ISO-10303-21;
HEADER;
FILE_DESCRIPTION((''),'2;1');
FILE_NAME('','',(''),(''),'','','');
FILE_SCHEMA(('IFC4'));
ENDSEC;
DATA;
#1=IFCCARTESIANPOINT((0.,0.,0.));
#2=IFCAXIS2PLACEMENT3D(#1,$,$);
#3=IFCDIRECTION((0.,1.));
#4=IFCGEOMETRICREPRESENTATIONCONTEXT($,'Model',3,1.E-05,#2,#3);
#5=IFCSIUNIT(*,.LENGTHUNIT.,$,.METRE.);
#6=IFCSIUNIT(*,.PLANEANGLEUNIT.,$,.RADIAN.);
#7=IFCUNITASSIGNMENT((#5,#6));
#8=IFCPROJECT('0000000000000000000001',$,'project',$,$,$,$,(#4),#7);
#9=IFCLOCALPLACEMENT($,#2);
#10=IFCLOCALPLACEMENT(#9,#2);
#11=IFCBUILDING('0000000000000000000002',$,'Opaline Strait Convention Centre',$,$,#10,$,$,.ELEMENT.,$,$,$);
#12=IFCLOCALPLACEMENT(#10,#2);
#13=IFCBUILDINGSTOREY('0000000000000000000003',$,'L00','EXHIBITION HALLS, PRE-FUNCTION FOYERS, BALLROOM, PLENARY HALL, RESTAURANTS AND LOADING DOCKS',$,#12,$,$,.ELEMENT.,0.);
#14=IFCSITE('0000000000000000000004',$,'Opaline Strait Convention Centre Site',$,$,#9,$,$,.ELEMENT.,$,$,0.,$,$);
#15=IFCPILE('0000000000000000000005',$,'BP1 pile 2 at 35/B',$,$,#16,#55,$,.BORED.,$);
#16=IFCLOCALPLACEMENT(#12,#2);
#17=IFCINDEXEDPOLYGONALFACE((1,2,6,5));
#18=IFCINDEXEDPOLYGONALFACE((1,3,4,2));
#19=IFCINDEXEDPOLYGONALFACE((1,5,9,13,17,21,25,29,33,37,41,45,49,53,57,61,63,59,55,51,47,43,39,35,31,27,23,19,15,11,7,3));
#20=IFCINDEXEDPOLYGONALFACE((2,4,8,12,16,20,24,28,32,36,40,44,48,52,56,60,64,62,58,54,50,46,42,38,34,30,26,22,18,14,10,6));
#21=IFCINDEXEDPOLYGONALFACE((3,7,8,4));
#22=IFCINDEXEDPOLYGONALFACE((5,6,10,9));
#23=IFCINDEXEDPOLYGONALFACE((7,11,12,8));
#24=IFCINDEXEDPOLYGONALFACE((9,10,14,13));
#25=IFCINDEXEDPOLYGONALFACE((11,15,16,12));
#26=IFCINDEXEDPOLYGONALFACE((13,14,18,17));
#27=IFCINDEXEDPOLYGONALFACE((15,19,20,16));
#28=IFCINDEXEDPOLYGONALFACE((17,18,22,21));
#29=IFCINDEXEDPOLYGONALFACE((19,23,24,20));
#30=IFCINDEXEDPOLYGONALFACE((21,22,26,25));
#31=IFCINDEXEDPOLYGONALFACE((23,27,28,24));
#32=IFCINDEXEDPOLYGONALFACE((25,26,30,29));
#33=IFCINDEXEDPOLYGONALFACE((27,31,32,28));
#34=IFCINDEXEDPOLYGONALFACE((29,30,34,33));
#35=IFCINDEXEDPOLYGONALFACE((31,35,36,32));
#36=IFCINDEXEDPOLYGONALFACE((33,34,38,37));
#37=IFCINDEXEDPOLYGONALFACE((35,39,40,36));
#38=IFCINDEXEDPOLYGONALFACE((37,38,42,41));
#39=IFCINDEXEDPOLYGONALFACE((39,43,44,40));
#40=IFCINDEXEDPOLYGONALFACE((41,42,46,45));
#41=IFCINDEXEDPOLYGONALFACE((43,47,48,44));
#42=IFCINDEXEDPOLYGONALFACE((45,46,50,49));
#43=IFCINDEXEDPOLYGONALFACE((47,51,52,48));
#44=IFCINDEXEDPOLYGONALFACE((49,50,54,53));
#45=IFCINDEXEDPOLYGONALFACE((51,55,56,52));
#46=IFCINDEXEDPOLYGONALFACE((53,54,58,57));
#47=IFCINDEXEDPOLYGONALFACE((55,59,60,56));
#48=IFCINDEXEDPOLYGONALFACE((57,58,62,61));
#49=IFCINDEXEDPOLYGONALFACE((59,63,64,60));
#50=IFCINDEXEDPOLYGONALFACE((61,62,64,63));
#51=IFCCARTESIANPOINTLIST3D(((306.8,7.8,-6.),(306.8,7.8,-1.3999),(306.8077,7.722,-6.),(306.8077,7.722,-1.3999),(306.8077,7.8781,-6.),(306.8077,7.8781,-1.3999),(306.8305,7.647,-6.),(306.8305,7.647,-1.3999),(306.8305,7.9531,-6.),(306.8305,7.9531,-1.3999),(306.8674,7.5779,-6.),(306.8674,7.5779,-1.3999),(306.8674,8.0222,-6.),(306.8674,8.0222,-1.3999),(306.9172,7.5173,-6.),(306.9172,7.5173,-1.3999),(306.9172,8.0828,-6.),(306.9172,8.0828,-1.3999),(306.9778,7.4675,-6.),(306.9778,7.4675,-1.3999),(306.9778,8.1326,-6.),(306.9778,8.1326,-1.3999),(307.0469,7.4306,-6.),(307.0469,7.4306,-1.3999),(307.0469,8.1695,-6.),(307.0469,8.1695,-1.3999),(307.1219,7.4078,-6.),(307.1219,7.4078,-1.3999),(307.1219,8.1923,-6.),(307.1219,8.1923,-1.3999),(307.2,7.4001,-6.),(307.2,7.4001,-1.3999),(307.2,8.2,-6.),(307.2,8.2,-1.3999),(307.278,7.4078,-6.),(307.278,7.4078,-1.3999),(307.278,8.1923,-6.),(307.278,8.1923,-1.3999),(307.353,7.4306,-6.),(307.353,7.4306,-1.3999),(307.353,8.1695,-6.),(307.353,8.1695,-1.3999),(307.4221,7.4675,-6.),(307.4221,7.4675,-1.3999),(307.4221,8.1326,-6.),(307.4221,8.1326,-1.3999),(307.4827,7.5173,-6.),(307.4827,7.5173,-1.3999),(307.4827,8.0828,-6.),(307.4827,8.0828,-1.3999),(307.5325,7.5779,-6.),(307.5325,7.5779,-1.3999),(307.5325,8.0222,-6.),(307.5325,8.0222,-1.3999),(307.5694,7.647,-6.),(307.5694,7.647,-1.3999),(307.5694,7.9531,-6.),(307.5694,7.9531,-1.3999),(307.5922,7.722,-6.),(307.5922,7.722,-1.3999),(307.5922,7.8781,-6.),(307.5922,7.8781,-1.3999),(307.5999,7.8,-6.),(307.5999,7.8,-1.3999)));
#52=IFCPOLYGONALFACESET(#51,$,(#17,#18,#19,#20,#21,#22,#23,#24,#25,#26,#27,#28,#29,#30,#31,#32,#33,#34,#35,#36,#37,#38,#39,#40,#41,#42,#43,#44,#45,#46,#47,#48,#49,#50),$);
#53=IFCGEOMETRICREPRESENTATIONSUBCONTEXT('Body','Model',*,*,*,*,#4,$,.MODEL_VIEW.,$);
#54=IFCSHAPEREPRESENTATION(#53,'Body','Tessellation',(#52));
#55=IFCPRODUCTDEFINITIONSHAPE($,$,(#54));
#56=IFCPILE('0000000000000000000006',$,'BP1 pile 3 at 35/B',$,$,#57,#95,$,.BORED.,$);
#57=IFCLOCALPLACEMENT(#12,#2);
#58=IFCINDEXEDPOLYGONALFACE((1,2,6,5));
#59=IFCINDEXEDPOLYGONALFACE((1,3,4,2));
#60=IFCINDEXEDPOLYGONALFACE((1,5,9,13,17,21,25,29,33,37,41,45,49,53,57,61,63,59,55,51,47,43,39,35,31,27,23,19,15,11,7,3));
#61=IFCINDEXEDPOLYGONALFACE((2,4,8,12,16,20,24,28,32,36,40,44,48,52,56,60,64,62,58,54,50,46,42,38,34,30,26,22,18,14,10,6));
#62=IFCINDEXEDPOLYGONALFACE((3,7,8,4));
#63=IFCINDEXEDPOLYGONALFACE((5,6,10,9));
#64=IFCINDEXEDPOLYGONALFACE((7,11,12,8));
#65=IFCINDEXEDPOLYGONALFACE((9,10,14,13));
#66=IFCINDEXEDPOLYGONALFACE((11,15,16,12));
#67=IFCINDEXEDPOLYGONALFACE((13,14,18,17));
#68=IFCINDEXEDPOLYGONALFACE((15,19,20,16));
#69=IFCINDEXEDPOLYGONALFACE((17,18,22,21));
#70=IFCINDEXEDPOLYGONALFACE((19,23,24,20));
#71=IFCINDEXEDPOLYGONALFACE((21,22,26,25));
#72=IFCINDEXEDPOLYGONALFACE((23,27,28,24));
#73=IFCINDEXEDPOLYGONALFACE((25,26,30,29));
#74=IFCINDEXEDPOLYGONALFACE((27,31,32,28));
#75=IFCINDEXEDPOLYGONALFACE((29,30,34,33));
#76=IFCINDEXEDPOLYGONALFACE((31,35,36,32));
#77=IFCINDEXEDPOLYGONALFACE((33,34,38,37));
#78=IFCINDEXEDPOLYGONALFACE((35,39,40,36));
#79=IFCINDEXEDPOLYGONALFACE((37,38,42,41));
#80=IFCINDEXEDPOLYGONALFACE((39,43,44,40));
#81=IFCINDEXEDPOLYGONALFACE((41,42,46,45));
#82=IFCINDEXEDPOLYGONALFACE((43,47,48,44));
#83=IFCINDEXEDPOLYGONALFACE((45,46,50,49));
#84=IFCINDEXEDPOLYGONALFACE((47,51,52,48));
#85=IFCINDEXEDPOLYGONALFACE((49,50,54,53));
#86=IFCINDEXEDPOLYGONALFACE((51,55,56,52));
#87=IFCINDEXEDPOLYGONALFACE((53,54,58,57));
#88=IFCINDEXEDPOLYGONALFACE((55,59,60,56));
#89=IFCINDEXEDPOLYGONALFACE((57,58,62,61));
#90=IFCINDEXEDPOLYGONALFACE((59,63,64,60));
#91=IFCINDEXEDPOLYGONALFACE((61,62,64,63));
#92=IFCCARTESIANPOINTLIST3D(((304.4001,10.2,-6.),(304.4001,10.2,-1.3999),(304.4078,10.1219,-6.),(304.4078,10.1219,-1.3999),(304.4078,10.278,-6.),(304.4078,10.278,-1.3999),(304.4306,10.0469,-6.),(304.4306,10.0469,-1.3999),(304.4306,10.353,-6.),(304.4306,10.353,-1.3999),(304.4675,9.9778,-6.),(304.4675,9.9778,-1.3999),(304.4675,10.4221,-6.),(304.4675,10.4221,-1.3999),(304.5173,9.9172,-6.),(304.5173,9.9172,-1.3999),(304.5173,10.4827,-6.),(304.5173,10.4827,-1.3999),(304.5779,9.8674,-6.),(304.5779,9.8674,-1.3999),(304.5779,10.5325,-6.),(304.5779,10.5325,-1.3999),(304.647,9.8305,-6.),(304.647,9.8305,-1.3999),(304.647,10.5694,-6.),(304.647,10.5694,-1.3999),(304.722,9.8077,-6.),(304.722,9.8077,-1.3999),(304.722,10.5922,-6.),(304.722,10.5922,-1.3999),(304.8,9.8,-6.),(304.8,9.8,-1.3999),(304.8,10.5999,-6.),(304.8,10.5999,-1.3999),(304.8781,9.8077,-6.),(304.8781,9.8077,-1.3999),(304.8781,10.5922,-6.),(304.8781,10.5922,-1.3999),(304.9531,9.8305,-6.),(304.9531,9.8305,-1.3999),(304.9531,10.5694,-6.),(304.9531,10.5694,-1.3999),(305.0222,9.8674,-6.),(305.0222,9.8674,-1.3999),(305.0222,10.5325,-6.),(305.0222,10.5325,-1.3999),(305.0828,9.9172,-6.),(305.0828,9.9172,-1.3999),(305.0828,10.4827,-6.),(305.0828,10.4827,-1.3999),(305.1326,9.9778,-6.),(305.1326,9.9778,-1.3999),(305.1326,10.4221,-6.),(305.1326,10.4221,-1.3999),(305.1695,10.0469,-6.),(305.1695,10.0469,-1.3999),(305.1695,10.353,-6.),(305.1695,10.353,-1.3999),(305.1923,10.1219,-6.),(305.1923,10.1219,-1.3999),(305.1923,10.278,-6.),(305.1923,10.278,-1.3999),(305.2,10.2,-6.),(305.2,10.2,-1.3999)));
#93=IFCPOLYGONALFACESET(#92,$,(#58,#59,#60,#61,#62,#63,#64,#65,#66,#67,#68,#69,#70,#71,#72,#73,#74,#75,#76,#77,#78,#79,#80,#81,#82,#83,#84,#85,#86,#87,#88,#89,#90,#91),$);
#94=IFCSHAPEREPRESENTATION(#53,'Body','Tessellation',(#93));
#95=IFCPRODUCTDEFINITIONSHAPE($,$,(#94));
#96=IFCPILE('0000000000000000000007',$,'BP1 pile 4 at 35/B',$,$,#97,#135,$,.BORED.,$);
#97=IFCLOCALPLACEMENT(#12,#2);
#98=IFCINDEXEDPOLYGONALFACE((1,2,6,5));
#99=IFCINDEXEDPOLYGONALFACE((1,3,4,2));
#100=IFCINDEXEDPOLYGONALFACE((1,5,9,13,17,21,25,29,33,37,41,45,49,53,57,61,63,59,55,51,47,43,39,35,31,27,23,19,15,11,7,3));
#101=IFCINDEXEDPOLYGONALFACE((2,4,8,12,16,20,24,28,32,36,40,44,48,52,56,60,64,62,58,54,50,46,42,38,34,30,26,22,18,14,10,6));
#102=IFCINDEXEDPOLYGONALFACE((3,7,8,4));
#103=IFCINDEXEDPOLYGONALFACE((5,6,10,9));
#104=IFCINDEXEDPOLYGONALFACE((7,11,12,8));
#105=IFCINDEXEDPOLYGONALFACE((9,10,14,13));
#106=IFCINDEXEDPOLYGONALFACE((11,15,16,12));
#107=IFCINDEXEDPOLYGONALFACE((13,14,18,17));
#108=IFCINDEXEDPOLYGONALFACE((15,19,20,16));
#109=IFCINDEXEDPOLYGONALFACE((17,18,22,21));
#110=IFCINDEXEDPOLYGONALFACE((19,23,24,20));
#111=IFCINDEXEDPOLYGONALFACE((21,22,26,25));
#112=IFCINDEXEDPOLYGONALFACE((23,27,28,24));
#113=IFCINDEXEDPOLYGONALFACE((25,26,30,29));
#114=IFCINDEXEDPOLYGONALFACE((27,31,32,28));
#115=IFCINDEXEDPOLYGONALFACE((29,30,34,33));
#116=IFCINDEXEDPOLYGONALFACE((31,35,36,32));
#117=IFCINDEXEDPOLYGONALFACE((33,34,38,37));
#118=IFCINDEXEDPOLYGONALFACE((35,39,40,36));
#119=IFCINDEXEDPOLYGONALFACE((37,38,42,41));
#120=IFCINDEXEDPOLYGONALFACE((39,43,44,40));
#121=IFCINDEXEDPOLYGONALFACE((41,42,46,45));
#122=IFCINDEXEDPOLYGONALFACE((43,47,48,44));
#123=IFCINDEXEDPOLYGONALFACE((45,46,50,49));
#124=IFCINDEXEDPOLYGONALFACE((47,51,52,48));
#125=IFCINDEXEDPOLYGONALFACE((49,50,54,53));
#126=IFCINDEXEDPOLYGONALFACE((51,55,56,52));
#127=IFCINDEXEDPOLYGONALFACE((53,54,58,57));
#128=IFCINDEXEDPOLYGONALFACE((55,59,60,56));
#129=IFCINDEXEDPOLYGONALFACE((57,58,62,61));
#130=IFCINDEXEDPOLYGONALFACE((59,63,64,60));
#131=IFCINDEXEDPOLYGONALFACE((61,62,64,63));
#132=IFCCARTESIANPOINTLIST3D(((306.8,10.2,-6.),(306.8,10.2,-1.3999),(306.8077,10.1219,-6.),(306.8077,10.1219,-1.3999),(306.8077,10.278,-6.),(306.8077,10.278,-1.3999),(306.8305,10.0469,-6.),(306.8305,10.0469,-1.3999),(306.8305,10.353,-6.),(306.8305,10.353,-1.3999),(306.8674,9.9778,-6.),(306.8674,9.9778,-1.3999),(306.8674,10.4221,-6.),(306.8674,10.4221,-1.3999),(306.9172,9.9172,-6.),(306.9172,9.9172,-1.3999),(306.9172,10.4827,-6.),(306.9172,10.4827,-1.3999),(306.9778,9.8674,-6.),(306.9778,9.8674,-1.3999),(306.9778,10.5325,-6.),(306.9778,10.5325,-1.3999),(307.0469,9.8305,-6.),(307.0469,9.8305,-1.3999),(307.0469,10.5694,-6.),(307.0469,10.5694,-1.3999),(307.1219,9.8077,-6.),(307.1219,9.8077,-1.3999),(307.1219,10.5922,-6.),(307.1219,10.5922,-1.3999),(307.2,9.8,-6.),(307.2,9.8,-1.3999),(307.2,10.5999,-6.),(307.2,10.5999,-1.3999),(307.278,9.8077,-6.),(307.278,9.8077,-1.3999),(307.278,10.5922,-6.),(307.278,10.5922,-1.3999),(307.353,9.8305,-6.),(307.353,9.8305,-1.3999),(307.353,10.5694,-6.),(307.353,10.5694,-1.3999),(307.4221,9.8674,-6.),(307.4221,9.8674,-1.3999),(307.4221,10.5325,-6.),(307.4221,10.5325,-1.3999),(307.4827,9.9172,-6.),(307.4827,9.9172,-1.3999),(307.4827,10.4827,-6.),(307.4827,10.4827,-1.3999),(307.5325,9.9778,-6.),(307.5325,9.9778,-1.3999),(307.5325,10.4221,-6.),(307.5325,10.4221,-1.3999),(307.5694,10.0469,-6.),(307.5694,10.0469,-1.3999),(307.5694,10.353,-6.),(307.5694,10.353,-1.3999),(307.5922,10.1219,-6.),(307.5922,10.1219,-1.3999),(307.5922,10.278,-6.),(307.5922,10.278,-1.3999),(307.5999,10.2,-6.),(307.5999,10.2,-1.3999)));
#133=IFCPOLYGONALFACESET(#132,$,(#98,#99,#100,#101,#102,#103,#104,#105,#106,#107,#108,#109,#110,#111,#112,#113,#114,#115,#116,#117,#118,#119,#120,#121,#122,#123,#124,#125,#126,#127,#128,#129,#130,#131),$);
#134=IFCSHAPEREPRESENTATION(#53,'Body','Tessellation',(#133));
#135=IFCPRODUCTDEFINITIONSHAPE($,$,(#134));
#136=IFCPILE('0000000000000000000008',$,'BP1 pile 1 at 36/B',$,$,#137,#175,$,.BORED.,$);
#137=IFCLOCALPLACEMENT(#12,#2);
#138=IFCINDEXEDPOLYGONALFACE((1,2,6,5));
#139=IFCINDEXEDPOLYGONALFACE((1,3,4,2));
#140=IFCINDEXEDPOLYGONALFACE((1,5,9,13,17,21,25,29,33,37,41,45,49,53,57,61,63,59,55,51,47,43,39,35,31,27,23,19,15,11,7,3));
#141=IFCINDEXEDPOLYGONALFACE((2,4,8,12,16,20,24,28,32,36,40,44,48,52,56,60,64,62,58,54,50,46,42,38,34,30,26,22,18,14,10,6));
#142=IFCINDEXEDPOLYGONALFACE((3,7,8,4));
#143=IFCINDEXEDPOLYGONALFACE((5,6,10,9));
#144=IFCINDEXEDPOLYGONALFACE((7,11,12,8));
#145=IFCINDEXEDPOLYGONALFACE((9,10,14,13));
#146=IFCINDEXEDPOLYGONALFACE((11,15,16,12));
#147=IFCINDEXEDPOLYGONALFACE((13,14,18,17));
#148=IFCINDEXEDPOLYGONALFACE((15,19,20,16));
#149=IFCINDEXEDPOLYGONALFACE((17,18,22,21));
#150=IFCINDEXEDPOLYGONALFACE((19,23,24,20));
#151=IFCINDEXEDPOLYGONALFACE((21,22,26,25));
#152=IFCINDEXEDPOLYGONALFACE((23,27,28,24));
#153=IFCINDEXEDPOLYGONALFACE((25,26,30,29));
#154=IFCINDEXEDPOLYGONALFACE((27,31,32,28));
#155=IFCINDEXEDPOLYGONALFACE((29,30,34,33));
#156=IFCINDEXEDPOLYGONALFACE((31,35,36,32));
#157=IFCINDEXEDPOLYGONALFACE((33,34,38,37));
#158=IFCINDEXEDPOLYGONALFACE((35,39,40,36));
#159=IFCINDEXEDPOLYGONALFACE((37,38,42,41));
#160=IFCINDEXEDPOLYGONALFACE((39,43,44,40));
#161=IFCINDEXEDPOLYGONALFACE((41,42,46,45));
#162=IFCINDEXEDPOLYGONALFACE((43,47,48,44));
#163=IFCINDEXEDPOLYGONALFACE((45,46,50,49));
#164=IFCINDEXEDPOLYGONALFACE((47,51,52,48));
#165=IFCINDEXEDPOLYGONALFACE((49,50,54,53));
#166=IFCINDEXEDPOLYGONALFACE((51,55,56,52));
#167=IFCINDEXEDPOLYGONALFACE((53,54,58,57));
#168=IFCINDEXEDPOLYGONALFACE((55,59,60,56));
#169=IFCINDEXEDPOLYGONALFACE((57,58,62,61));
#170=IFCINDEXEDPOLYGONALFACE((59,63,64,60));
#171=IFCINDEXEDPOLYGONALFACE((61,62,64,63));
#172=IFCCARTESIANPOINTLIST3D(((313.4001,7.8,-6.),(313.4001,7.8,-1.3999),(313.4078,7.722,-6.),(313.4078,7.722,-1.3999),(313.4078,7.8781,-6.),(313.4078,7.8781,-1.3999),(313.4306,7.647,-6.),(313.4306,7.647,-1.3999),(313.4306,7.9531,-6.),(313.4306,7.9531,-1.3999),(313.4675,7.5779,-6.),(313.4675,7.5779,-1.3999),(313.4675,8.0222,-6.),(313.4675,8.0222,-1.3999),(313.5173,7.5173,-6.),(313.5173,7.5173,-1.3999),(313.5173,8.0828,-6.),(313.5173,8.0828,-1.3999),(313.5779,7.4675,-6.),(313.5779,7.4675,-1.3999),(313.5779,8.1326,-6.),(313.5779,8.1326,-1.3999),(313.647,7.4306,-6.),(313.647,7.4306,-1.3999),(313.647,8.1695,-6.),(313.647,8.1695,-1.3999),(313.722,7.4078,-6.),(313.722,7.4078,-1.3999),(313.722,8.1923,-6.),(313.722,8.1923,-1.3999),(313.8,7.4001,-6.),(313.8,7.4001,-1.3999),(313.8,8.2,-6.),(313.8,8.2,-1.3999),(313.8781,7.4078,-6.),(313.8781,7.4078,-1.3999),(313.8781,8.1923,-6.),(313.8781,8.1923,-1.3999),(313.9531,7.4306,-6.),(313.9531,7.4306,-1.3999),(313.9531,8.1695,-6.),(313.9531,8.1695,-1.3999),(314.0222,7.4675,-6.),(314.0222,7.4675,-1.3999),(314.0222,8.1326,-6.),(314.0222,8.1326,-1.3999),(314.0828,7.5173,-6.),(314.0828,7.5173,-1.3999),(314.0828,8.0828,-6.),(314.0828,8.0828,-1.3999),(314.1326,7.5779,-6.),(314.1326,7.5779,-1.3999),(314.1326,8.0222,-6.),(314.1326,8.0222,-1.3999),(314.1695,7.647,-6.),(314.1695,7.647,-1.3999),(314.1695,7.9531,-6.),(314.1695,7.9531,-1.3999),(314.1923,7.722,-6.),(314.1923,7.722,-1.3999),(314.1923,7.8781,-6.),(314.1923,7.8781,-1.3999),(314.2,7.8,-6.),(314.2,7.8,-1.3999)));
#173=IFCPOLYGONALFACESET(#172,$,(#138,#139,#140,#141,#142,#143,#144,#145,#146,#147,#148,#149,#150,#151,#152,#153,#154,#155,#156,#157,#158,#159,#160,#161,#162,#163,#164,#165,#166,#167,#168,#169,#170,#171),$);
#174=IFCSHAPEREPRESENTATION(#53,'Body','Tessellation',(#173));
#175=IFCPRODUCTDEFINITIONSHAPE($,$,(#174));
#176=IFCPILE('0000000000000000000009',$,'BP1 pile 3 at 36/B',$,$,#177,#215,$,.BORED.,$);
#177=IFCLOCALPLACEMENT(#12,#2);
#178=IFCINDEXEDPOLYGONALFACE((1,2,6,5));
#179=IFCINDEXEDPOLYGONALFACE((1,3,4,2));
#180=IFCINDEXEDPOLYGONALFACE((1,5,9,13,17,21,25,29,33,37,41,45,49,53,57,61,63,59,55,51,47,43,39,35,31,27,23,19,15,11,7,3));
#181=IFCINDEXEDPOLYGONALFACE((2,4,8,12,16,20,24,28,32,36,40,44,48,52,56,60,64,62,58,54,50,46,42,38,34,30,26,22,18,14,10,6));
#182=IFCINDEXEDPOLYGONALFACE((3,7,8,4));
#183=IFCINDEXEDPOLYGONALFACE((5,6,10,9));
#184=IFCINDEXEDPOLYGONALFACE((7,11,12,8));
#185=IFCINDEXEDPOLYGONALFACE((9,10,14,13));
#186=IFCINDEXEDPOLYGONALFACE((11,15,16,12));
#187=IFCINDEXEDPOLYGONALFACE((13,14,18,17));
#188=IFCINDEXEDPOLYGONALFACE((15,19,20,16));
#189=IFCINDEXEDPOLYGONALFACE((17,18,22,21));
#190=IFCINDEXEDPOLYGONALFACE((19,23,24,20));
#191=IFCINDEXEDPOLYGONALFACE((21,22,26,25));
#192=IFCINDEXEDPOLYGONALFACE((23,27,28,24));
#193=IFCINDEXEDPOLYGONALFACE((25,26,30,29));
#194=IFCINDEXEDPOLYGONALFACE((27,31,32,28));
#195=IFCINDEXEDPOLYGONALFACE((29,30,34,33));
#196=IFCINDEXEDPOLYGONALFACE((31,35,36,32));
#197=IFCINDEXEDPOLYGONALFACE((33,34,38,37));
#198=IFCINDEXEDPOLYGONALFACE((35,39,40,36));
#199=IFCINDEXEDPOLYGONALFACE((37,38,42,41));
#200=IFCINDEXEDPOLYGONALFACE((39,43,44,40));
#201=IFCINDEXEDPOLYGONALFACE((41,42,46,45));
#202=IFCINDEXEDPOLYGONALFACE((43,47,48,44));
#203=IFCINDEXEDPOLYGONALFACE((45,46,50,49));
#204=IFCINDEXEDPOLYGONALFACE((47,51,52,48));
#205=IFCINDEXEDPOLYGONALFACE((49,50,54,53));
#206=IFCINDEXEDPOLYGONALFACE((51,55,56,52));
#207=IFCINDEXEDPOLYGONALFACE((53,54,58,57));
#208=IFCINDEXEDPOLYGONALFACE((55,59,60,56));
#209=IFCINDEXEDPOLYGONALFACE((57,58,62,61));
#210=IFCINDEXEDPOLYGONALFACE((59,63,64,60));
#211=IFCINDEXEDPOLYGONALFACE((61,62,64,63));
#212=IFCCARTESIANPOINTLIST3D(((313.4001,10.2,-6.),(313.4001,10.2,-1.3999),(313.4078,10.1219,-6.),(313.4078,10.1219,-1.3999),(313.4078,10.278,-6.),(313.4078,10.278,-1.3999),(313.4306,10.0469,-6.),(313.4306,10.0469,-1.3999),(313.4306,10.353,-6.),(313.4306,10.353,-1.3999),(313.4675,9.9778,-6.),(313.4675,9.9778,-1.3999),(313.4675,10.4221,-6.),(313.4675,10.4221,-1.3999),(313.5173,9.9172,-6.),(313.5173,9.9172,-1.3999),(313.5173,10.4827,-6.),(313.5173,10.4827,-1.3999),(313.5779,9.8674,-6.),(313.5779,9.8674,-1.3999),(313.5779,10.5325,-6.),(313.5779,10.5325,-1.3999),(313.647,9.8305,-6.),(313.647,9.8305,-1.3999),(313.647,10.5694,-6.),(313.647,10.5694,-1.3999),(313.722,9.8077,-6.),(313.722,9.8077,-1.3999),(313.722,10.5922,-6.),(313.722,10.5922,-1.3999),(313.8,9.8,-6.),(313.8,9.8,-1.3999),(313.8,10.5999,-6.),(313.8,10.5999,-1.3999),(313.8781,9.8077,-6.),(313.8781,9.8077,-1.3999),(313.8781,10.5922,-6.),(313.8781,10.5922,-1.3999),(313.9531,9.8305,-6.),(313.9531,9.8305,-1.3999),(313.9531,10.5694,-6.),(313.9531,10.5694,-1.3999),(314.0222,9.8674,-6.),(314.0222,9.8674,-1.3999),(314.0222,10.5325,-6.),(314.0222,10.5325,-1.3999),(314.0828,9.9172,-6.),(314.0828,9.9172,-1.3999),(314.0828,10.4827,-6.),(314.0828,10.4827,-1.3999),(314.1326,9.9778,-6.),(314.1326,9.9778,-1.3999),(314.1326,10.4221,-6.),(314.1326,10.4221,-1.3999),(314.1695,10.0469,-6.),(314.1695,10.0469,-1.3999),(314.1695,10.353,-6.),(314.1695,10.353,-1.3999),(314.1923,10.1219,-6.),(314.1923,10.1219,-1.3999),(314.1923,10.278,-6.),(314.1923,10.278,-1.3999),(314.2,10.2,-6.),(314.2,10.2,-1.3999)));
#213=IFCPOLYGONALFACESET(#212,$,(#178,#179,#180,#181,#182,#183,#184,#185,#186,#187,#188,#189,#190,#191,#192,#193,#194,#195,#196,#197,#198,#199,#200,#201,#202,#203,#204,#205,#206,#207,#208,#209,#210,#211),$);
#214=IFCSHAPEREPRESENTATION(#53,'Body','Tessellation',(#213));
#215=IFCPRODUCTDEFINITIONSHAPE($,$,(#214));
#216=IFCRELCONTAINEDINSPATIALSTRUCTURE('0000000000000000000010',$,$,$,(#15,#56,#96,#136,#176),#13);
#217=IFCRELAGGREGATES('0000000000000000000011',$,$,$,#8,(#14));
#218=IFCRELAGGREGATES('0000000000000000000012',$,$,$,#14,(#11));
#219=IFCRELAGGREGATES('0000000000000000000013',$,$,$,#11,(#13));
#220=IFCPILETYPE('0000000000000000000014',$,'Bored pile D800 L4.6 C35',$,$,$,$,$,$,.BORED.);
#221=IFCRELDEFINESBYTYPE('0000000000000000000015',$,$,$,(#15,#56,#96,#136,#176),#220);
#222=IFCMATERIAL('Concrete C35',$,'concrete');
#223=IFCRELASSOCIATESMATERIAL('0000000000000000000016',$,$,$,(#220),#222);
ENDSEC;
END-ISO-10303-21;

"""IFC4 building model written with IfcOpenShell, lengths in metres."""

from ifc_helpers import new_model, si_unit, direction, frame, origin, origin_2d, place, context, subcontext, project, spatial, circle, extrude, material, material_profile, profile_set, type_object, element, save


model = new_model("IFC4")

# Units and contexts
model_context = context("Model", 3, precision=1e-05, world=origin(), true_north=direction((0.0, 1.0)))
body_context = subcontext(model_context, "Body", "Model", "MODEL_VIEW")
ifc_project = project(units=[si_unit("LENGTHUNIT", "METRE"), si_unit("PLANEANGLEUNIT", "RADIAN")], contexts=[model_context])

# Site, building, storey
site_placement = place(None, origin())
site = spatial("IfcSite", under=ifc_project, at=site_placement, Name="Opaline Strait Convention Centre Site", CompositionType="ELEMENT", RefElevation=0.0)
building_placement = place(site_placement, origin())
building = spatial("IfcBuilding", under=site, at=building_placement, Name="Opaline Strait Convention Centre", CompositionType="ELEMENT")
storey_placement = place(building_placement, origin())
storey = spatial("IfcBuildingStorey", under=building, at=storey_placement, Name="L00", Description="EXHIBITION HALLS, PRE-FUNCTION FOYERS, BALLROOM, PLENARY HALL, RESTAURANTS AND LOADING DOCKS", CompositionType="ELEMENT", Elevation=0.0)

# Piles
ifc_material_1 = material(Name="Concrete C35", Category="concrete")
ifc_material_profile_1 = material_profile(ifc_material_1, circle(Radius=0.3999, at=origin_2d()), Name="D800")
ifc_profile_set_1 = profile_set([ifc_material_profile_1], Name="Concrete C35")
pile_type = type_object("IfcPileType", Name="Bored pile D800 L4.6 C35", PredefinedType="BORED", material=ifc_profile_set_1)
for number, where, z_axis, x_axis, name in (
    (1, (307.2, 7.8, -1.3999), (0.0, 0.0, -1.0), (1.0, 0.0, 0.0), "BP1 pile 2 at 35/B"),
    (2, (304.8, 10.2, -1.3999), (0.0, 0.0, -1.0), (1.0, 0.0, 0.0), "BP1 pile 3 at 35/B"),
    (3, (307.2, 10.2, -1.3999), (0.0, 0.0, -1.0), (1.0, 0.0, 0.0), "BP1 pile 4 at 35/B"),
    (4, (313.8, 7.8, -1.3999), (0.0, 0.0, -1.0), (1.0, 0.0, 0.0), "BP1 pile 1 at 36/B"),
    (5, (313.8, 10.2, -1.3999), (0.0, 0.0, -1.0), (1.0, 0.0, 0.0), "BP1 pile 3 at 36/B"),
):
    element("IfcPile", number, at=place(storey_placement, frame(where, z_axis=z_axis, x_axis=x_axis)), inside=storey, type_object=pile_type, Name=name, PredefinedType="BORED", context=body_context, shape_type="SweptSolid", body=[
        extrude(circle(Radius=0.3999, at=origin_2d()), origin(), (0.0, 0.0, 1.0), 4.6001),
    ])

save(model, "model.ifc")
